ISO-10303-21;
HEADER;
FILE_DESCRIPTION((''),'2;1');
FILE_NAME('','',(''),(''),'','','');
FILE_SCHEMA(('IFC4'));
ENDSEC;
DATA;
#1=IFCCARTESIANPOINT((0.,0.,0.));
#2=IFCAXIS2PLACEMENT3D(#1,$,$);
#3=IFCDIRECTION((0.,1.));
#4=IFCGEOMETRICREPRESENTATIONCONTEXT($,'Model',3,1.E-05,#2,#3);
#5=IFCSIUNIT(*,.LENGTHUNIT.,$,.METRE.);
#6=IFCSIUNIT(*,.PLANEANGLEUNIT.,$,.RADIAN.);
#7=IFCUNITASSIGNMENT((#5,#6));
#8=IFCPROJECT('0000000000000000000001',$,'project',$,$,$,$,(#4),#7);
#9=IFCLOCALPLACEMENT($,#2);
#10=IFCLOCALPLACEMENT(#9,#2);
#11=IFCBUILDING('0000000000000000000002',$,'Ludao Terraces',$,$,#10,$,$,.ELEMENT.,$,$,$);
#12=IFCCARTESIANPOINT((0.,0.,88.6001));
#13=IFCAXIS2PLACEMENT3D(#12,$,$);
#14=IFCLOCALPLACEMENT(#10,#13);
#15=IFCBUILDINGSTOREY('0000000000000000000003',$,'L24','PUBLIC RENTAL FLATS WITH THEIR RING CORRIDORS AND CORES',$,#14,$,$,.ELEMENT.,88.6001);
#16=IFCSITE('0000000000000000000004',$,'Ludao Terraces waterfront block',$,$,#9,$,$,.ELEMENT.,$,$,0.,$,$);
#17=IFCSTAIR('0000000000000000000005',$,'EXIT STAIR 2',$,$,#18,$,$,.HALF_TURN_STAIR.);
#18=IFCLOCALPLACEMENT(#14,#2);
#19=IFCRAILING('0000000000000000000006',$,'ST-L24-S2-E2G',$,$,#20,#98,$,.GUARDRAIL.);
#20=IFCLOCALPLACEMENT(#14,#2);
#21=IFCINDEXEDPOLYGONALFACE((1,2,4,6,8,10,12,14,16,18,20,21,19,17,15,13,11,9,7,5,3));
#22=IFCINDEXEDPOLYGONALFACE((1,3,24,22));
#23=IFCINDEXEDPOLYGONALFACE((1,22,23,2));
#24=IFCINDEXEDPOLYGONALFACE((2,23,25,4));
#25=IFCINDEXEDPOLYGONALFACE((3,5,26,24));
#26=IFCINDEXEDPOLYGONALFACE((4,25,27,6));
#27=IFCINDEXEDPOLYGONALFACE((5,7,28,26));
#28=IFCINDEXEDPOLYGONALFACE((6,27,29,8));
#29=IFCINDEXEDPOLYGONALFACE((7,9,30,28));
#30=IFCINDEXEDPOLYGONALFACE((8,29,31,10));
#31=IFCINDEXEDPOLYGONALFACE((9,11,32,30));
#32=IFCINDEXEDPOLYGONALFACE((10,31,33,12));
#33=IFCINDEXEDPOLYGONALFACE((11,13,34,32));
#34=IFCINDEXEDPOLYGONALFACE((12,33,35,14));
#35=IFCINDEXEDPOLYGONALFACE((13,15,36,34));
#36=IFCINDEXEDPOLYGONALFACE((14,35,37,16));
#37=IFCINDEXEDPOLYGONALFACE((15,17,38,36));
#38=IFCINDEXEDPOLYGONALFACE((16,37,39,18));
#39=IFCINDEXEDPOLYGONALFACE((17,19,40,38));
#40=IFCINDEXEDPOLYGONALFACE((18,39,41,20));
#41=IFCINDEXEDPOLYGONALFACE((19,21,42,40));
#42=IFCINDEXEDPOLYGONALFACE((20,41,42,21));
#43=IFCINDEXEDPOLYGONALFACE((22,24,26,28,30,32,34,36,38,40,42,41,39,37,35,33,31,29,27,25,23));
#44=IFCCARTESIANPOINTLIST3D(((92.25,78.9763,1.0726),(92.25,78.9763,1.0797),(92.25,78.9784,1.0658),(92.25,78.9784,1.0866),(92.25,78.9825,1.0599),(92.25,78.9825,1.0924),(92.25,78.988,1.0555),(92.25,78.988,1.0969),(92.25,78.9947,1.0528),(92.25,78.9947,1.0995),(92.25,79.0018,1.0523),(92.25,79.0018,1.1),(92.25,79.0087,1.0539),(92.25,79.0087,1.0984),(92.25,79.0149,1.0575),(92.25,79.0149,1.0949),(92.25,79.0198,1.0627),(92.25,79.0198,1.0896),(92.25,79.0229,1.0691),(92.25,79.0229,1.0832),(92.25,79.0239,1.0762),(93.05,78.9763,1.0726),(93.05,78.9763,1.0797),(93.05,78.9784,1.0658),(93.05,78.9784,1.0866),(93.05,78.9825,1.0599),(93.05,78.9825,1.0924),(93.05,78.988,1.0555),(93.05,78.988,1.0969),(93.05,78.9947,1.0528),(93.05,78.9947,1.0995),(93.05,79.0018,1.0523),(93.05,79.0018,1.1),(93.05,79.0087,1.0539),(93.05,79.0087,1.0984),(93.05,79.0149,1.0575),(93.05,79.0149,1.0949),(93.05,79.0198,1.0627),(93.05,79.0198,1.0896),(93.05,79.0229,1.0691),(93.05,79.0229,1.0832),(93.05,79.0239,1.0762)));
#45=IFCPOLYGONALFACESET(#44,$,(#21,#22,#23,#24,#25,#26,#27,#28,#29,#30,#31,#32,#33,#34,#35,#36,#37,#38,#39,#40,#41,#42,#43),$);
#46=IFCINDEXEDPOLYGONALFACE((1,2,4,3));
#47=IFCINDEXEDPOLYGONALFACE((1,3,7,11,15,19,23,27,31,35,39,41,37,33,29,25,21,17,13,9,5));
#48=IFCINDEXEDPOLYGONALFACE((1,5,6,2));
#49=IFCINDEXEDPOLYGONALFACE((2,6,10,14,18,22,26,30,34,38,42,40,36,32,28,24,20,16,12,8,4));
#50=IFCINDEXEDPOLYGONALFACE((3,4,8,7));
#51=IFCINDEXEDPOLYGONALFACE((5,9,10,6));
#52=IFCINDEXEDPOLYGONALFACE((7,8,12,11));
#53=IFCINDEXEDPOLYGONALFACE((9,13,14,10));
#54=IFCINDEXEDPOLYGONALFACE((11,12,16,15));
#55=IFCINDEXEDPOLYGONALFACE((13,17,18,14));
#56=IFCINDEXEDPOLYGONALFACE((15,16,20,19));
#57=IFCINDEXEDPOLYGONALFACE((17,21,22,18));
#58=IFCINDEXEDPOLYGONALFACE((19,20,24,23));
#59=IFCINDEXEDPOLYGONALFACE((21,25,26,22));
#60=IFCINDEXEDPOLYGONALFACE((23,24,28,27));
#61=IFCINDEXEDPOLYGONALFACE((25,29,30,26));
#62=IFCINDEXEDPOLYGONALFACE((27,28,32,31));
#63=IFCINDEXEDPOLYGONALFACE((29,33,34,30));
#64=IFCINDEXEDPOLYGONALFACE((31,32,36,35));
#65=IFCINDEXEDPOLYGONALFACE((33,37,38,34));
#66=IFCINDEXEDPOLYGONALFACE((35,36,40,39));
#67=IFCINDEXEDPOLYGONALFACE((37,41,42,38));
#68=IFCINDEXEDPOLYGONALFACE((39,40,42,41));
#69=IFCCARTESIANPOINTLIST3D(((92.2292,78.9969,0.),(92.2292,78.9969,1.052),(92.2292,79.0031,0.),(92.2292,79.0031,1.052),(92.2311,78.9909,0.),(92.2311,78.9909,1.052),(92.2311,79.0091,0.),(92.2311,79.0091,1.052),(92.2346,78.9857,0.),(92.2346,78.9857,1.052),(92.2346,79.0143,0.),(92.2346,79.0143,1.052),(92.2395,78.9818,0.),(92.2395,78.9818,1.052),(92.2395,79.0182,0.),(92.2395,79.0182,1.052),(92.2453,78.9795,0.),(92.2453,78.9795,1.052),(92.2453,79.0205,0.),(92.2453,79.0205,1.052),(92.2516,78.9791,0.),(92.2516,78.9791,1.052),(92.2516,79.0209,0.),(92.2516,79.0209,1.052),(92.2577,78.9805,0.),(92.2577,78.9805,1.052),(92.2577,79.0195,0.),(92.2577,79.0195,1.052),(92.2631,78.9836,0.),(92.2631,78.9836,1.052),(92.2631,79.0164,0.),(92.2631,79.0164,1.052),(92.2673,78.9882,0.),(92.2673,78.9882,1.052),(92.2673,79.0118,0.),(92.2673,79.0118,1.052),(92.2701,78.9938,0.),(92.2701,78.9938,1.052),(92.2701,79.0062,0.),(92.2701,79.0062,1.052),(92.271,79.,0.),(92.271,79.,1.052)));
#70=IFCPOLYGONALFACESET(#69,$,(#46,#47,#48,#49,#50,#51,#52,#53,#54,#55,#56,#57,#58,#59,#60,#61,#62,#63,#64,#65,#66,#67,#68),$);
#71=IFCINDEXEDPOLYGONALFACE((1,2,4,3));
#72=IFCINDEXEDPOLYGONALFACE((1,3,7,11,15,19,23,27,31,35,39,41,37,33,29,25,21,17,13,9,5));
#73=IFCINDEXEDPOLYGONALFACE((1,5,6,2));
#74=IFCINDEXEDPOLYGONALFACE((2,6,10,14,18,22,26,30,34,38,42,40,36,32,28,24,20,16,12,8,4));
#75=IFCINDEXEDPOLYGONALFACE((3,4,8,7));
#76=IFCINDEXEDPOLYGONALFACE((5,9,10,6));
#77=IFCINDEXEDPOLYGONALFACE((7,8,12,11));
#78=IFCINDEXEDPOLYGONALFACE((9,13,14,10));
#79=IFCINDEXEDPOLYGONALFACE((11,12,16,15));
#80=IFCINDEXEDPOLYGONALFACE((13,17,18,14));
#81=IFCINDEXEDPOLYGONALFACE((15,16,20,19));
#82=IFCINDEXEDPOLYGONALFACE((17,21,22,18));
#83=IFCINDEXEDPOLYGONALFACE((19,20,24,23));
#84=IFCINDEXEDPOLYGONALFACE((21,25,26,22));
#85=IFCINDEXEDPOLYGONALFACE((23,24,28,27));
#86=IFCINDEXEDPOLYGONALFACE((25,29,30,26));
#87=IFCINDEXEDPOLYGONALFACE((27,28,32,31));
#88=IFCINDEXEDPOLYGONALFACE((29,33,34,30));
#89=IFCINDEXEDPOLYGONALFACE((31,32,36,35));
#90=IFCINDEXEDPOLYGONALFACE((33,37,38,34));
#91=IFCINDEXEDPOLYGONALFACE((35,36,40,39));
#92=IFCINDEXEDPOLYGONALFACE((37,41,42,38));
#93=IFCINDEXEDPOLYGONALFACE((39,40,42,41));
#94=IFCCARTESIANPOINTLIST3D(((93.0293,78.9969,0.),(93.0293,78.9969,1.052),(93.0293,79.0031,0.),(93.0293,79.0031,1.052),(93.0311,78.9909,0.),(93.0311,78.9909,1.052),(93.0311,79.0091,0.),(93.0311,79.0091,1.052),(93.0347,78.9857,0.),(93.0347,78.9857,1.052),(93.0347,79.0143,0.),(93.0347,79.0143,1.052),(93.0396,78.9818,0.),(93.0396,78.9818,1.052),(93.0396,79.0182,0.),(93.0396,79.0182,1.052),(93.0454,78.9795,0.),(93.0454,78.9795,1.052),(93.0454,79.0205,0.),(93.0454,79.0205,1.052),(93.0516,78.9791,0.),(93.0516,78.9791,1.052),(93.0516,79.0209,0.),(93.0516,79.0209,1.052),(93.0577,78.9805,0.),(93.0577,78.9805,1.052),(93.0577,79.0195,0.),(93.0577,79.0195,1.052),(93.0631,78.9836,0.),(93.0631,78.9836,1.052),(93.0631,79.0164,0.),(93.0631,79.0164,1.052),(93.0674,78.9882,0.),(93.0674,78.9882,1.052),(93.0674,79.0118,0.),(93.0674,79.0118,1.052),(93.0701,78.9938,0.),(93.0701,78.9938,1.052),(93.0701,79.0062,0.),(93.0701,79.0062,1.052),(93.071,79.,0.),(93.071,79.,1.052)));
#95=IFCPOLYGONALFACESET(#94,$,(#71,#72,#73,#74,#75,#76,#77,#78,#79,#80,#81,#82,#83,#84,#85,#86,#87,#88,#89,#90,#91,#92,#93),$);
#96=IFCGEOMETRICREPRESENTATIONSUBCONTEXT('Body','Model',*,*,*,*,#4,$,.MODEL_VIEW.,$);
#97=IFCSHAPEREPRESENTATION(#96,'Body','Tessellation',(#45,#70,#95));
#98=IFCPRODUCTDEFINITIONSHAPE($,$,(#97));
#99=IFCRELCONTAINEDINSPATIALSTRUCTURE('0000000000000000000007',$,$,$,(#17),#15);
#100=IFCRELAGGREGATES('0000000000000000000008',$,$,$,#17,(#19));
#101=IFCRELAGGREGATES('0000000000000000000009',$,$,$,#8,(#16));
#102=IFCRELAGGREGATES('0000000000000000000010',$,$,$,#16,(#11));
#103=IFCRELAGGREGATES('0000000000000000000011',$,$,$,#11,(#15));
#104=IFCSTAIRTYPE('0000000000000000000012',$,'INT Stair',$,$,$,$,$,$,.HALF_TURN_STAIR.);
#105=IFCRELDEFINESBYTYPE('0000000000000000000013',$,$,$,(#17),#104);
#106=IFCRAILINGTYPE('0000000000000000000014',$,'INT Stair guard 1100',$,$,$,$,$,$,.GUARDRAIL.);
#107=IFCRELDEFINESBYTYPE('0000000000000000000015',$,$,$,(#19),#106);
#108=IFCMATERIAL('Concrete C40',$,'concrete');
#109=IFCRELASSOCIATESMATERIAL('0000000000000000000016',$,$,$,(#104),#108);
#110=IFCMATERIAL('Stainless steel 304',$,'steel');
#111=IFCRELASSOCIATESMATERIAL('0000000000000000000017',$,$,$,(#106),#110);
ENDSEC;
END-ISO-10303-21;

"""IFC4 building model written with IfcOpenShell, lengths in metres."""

from ifc_helpers import new_model, si_unit, direction, frame, origin, origin_2d, place, context, subcontext, project, spatial, circle, extrude, material, type_object, element, aggregate, save


model = new_model("IFC4")

# Units and contexts
model_context = context("Model", 3, precision=1e-05, world=origin(), true_north=direction((0.0, 1.0)))
body_context = subcontext(model_context, "Body", "Model", "MODEL_VIEW")
ifc_project = project(units=[si_unit("LENGTHUNIT", "METRE"), si_unit("PLANEANGLEUNIT", "RADIAN")], contexts=[model_context])

# Site, building, storey
site_placement = place(None, origin())
site = spatial("IfcSite", under=ifc_project, at=site_placement, Name="Ludao Terraces waterfront block", CompositionType="ELEMENT", RefElevation=0.0)
building_placement = place(site_placement, origin())
building = spatial("IfcBuilding", under=site, at=building_placement, Name="Ludao Terraces", CompositionType="ELEMENT")
storey_placement = place(building_placement, frame((0.0, 0.0, 88.6001)))
storey = spatial("IfcBuildingStorey", under=building, at=storey_placement, Name="L24", Description="PUBLIC RENTAL FLATS WITH THEIR RING CORRIDORS AND CORES", CompositionType="ELEMENT", Elevation=88.6001)

# Stair, railing
ifc_material_1 = material(Name="Concrete C40", Category="concrete")
stair_type = type_object("IfcStairType", Name="INT Stair", PredefinedType="HALF_TURN_STAIR", material=ifc_material_1)
stair_placement = place(storey_placement, origin())
stair = element("IfcStair", 1, at=stair_placement, inside=storey, type_object=stair_type, Name="EXIT STAIR 2", PredefinedType="HALF_TURN_STAIR")
ifc_material_2 = material(Name="Stainless steel 304", Category="steel")
railing_type_1 = type_object("IfcRailingType", Name="INT Stair guard 1100", PredefinedType="GUARDRAIL", material=ifc_material_2)
railing_1_placement = place(storey_placement, frame((92.25, 79.0, 0.0)))
railing_1 = element("IfcRailing", 2, at=railing_1_placement, type_object=railing_type_1, Name="ST-L24-S2-E2G", PredefinedType="GUARDRAIL", context=body_context, shape_type="SweptSolid", body=[
    extrude(circle(Radius=0.0239, at=origin_2d()), frame((0.0, 0.0, 1.0762), z_axis=(1.0, 0.0, 0.0), x_axis=(0.0, 1.0, 0.0)), (0.0, 0.0, 1.0), 0.8),
    extrude(circle(Radius=0.021, at=origin_2d()), origin(), (0.0, 0.0, 1.0), 1.052),
    extrude(circle(Radius=0.021, at=origin_2d()), frame((0.8, 0.0, 0.0)), (0.0, 0.0, 1.0), 1.052),
])
aggregate(stair, [railing_1])

save(model, "model.ifc")
